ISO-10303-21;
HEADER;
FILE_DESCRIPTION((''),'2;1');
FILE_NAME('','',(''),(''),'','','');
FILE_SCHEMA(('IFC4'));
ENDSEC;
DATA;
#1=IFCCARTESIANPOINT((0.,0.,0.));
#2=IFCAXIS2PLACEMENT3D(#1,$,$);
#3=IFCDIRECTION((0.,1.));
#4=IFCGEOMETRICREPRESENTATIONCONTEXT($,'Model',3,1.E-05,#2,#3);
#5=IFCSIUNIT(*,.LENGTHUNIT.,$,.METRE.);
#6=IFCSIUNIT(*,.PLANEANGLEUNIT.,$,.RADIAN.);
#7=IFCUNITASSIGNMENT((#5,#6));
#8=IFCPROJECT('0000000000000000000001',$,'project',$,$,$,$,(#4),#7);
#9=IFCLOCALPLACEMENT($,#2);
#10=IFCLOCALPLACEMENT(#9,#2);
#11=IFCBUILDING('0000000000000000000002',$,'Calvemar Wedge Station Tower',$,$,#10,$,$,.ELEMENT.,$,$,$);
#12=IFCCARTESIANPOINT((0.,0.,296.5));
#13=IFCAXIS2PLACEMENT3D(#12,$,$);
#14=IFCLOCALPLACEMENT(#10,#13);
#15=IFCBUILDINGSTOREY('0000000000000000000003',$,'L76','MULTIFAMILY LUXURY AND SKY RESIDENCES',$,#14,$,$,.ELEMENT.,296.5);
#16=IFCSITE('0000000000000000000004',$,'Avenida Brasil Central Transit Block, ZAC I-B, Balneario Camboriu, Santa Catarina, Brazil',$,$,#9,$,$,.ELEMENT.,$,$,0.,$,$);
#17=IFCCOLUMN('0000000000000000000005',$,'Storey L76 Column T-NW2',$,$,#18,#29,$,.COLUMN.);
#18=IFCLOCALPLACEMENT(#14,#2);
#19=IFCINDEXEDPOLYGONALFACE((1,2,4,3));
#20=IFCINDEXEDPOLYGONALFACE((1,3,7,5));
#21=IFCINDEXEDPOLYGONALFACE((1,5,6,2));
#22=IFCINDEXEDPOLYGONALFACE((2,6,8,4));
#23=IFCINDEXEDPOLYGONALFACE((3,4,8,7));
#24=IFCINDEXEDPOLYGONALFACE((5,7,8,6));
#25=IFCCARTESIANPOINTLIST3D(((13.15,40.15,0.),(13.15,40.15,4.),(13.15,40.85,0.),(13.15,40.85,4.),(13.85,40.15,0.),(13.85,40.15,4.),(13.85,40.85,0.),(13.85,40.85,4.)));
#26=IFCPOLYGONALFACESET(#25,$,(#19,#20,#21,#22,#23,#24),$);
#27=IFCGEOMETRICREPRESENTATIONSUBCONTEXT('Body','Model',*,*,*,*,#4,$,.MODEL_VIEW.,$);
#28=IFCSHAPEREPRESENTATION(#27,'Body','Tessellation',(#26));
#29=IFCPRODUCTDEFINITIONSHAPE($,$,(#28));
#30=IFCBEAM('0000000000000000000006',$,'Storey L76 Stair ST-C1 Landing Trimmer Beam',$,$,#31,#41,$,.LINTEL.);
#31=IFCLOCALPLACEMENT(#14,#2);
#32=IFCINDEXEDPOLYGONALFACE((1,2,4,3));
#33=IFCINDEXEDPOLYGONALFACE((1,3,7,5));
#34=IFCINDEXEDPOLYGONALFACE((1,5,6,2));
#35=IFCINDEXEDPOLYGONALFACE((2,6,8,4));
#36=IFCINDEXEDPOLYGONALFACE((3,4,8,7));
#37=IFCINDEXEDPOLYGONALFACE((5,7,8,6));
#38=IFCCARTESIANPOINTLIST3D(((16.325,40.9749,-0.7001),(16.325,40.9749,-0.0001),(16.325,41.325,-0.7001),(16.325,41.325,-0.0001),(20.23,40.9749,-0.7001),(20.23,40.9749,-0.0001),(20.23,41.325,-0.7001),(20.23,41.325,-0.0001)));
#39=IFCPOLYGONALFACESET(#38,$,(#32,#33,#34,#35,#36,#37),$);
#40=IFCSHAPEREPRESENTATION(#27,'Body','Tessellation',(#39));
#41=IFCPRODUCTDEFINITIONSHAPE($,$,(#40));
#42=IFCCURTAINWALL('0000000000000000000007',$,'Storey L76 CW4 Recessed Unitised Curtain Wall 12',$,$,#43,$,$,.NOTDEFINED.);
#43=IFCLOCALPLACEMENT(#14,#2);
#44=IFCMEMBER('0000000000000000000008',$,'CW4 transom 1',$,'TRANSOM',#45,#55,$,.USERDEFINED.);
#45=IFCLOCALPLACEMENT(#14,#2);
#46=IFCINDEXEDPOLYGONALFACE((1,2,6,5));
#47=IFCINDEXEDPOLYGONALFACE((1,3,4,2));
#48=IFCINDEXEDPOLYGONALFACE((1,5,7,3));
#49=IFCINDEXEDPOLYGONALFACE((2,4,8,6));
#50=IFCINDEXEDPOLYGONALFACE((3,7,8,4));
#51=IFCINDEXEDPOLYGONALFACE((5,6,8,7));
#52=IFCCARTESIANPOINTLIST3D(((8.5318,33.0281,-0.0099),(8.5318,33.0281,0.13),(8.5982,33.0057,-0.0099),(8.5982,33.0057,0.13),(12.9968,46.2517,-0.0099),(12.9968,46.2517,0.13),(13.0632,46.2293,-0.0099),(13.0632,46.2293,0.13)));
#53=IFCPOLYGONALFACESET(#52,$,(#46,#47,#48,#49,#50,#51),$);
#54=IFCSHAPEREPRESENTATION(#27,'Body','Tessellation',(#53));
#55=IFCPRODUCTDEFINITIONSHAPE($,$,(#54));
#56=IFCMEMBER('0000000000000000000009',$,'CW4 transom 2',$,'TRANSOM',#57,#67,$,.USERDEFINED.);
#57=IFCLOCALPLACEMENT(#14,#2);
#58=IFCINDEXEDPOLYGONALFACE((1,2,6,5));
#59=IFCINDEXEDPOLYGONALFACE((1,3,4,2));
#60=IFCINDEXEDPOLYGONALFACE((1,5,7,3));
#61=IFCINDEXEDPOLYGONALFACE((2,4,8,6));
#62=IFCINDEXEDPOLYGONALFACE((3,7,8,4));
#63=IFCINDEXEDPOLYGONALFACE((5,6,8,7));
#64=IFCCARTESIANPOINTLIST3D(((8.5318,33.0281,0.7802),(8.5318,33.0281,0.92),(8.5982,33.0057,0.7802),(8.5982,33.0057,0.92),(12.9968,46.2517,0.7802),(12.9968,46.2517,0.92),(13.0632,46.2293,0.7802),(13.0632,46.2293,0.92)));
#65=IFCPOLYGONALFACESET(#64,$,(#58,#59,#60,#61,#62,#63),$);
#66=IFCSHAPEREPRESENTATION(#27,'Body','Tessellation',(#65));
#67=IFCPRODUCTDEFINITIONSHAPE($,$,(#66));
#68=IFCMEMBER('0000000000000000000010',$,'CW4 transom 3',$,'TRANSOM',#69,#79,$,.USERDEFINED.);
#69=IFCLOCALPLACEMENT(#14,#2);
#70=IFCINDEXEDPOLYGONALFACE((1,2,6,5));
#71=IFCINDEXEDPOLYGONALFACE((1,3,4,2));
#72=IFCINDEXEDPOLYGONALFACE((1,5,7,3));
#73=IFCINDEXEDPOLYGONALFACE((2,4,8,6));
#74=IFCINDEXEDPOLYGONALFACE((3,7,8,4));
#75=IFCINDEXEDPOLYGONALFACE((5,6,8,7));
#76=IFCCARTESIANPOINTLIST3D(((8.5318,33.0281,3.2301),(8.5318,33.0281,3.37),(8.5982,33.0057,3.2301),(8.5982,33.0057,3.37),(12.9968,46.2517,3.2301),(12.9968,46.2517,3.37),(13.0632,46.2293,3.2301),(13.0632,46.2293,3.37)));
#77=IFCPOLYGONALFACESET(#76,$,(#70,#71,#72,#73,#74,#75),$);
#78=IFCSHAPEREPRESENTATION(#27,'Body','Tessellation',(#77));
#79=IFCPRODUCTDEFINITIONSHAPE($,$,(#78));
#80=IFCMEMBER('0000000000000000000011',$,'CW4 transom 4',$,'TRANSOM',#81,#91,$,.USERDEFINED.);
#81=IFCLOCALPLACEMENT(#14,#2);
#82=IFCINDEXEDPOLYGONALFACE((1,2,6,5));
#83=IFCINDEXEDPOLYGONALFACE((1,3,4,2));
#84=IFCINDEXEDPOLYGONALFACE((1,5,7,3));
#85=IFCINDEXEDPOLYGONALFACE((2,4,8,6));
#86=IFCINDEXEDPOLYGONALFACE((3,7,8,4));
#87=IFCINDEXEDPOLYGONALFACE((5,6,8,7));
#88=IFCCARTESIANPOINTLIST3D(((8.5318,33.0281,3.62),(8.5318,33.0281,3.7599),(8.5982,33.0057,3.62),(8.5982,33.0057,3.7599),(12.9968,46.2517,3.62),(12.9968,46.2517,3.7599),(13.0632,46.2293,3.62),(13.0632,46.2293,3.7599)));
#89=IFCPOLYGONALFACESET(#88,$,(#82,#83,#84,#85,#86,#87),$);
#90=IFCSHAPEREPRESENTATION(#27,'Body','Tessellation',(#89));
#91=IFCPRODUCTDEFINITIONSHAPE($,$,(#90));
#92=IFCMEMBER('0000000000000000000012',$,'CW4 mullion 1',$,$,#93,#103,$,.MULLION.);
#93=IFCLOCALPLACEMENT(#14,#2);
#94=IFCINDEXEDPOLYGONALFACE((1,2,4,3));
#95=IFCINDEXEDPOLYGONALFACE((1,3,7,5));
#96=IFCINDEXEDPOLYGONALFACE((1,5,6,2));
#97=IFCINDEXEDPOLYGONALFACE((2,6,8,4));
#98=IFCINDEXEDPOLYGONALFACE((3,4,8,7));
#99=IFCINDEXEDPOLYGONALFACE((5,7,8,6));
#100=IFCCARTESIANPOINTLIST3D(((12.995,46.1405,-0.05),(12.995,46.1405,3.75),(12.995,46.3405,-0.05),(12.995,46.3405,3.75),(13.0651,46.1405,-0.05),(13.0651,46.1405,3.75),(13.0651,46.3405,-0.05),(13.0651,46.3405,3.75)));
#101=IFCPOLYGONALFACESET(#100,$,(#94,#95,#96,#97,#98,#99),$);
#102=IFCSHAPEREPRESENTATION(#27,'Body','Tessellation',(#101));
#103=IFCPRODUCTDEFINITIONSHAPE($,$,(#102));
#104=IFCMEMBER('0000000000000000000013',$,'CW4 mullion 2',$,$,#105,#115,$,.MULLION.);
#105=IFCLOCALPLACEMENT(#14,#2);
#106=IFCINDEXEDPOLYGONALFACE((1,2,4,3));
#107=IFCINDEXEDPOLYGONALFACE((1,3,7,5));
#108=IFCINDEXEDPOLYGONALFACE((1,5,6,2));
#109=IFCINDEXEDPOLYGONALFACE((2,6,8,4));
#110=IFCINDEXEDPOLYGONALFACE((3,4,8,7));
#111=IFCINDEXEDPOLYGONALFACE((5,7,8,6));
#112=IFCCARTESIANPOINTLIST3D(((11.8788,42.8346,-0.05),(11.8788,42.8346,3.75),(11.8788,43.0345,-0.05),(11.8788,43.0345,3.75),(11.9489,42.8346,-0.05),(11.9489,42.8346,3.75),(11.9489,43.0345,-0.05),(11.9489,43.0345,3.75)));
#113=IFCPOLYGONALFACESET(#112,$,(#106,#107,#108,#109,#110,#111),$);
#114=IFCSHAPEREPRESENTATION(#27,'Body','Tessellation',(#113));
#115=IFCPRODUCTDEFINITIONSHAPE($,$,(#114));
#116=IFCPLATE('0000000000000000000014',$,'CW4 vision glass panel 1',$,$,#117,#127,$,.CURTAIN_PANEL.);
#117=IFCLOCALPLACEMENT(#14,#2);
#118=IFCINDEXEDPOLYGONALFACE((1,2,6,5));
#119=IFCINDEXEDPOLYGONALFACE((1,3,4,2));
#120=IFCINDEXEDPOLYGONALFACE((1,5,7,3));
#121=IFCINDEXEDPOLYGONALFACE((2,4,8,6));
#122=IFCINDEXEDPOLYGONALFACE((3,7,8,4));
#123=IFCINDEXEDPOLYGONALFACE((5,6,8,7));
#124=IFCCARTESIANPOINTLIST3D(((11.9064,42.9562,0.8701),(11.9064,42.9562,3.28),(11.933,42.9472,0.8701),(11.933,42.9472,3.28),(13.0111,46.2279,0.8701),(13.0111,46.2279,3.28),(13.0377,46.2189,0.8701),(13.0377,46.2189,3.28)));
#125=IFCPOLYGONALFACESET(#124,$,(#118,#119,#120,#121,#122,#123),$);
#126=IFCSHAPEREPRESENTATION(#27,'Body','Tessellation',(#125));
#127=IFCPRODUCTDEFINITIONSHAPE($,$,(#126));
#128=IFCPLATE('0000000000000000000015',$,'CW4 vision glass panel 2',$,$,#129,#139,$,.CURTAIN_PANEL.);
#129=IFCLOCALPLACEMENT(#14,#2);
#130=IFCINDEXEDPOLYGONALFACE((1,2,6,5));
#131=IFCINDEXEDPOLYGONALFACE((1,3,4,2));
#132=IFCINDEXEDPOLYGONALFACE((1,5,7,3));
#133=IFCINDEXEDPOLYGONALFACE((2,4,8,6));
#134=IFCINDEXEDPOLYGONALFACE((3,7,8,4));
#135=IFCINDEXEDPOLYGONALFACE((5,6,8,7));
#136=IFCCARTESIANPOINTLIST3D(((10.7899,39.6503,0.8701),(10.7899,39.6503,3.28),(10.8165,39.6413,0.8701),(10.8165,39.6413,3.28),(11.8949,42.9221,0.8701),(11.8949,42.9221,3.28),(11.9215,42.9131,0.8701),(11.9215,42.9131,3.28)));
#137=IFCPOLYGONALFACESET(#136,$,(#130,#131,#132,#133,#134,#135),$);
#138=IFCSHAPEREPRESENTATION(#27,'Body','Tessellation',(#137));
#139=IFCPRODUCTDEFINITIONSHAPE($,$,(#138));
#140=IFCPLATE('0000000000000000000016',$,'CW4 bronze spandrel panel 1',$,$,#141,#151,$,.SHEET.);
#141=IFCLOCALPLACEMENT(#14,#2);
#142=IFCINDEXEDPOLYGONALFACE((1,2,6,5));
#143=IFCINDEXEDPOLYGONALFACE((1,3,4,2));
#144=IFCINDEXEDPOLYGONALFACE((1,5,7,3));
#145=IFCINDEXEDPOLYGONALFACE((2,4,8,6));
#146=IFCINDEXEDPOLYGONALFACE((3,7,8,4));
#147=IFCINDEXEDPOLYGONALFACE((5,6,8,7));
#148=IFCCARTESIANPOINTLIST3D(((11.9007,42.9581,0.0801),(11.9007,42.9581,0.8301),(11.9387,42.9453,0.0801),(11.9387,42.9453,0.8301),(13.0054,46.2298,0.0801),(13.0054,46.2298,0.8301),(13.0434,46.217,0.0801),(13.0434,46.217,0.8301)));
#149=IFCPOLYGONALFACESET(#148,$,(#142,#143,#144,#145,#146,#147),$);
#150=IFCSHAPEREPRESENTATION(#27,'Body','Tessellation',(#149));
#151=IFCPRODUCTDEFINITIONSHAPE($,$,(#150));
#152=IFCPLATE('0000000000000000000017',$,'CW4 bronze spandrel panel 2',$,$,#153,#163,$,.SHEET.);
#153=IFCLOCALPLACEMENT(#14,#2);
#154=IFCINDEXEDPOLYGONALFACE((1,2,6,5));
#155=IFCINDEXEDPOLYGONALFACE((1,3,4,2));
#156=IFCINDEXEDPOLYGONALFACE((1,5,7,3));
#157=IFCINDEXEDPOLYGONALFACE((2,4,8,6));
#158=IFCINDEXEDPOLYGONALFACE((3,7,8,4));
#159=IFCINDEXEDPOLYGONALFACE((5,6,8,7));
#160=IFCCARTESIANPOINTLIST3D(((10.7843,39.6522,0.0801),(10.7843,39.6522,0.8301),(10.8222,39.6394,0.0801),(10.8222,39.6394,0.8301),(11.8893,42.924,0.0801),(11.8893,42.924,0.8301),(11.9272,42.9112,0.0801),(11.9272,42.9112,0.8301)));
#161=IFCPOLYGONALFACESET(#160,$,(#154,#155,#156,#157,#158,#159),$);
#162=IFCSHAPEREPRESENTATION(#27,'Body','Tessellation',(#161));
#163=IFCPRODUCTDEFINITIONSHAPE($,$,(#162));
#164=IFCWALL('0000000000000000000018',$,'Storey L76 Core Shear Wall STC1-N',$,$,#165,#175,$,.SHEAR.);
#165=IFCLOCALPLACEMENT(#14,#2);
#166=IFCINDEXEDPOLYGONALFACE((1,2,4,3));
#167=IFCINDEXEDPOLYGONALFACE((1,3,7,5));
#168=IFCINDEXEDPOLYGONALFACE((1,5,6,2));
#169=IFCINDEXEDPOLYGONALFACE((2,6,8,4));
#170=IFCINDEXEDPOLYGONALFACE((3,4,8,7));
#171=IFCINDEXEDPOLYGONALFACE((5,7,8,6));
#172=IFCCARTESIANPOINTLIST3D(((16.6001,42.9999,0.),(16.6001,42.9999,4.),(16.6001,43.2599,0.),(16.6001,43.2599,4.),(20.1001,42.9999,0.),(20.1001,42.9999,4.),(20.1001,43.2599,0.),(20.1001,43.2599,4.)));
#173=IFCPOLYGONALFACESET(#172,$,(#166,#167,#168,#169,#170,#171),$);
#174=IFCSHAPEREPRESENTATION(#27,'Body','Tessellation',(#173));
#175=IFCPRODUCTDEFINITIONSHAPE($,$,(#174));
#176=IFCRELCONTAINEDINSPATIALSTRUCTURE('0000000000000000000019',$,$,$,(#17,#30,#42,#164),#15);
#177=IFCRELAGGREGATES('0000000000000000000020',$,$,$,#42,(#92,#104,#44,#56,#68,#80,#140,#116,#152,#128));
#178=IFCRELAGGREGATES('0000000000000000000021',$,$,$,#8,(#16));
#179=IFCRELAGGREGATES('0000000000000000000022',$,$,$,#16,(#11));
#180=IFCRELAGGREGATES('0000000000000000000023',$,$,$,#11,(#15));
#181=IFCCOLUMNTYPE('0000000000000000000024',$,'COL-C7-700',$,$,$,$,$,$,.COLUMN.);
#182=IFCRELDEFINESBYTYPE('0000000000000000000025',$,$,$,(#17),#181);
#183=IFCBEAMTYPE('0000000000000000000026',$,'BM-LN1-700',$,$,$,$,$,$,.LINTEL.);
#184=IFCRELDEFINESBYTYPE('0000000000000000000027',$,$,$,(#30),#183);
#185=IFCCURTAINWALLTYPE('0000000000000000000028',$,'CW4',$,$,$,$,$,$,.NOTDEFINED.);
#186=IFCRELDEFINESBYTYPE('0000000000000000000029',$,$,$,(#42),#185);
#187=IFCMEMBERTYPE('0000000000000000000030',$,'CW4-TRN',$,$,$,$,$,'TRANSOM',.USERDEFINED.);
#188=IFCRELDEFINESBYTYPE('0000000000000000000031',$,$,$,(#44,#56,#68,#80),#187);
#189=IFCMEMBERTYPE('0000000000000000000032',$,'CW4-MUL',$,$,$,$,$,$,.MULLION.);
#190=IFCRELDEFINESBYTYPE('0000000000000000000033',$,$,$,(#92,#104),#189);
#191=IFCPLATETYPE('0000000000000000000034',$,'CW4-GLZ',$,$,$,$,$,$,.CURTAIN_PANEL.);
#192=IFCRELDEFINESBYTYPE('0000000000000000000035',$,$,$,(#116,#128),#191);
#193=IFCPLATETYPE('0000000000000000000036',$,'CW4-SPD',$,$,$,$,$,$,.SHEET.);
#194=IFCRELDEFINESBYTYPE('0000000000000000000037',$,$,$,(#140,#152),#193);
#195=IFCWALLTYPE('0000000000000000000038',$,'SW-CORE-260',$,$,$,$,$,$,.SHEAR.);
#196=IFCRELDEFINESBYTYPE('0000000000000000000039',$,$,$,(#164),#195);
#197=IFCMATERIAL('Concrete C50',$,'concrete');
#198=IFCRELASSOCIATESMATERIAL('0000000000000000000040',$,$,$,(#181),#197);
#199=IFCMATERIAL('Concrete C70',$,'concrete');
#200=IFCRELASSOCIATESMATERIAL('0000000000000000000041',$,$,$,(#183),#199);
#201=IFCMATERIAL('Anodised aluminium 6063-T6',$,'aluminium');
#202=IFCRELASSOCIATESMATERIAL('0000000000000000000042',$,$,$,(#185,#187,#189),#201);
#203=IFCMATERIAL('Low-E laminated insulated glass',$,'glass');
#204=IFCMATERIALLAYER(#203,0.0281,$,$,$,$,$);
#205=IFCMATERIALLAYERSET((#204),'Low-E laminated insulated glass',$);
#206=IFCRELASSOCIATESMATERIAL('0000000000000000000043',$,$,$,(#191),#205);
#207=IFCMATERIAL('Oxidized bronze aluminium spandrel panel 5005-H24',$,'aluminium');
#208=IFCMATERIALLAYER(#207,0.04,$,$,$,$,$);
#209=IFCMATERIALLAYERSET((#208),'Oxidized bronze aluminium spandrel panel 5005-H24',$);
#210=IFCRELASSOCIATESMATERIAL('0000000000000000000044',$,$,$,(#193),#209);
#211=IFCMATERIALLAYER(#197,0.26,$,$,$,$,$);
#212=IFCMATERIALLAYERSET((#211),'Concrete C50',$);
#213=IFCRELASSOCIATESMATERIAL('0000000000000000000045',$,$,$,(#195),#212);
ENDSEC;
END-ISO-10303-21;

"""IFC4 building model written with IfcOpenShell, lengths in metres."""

from ifc_helpers import new_model, si_unit, direction, frame, frame_2d, origin, origin_2d, place, context, subcontext, project, spatial, rectangle, extrude, source, transform, mapped, material, layer, layer_set, material_profile, profile_set, type_object, element, aggregate, save


model = new_model("IFC4")

# Units and contexts
model_context = context("Model", 3, precision=1e-05, world=origin(), true_north=direction((0.0, 1.0)))
body_context = subcontext(model_context, "Body", "Model", "MODEL_VIEW")
ifc_project = project(units=[si_unit("LENGTHUNIT", "METRE"), si_unit("PLANEANGLEUNIT", "RADIAN")], contexts=[model_context])

# Site, building, storey
site_placement = place(None, origin())
site = spatial("IfcSite", under=ifc_project, at=site_placement, Name="Avenida Brasil Central Transit Block, ZAC I-B, Balneario Camboriu, Santa Catarina, Brazil", CompositionType="ELEMENT", RefElevation=0.0)
building_placement = place(site_placement, origin())
building = spatial("IfcBuilding", under=site, at=building_placement, Name="Calvemar Wedge Station Tower", CompositionType="ELEMENT")
storey_placement = place(building_placement, frame((0.0, 0.0, 296.5)))
storey = spatial("IfcBuildingStorey", under=building, at=storey_placement, Name="L76", Description="MULTIFAMILY LUXURY AND SKY RESIDENCES", CompositionType="ELEMENT", Elevation=296.5)

# Column
ifc_material_1 = material(Name="Concrete C50", Category="concrete")
ifc_material_profile_1 = material_profile(ifc_material_1, rectangle(XDim=0.7, YDim=0.7, at=origin_2d()), Name="RC700x700")
ifc_profile_set_1 = profile_set([ifc_material_profile_1], Name="Concrete C50")
column_type = type_object("IfcColumnType", Name="COL-C7-700", PredefinedType="COLUMN", material=ifc_profile_set_1)
shared_shape_1 = source(origin(), body_context, "Body", "SweptSolid", [
    extrude(rectangle(XDim=0.7, YDim=0.7, at=origin_2d()), origin(), (0.0, 0.0, 1.0), 4.0),
])
column_placement = place(storey_placement, frame((13.5, 40.5, 0.0), z_axis=(0.0, 0.0, 1.0), x_axis=(1.0, 0.0, 0.0)))
element("IfcColumn", 1, at=column_placement, inside=storey, type_object=column_type, Name="Storey L76 Column T-NW2", PredefinedType="COLUMN", context=body_context, shape_type="MappedRepresentation", body=[
    mapped(shared_shape_1, transform((0.0, 0.0, 0.0), scale=1.0)),
])

# Beam
ifc_material_2 = material(Name="Concrete C70", Category="concrete")
ifc_material_profile_2 = material_profile(ifc_material_2, rectangle(XDim=0.3501, YDim=0.7, at=origin_2d()), Name="RC350x700")
ifc_profile_set_2 = profile_set([ifc_material_profile_2], Name="Concrete C70")
beam_type = type_object("IfcBeamType", Name="BM-LN1-700", PredefinedType="LINTEL", material=ifc_profile_set_2)
shared_shape_2 = source(origin(), body_context, "Body", "SweptSolid", [
    extrude(rectangle(XDim=0.3501, YDim=0.7, at=origin_2d()), origin(), (0.0, 0.0, 1.0), 3.905),
])
beam_placement = place(storey_placement, frame((16.325, 41.1499, -0.3501), z_axis=(1.0, 0.0, 0.0), x_axis=(0.0, 1.0, 0.0)))
element("IfcBeam", 2, at=beam_placement, inside=storey, type_object=beam_type, Name="Storey L76 Stair ST-C1 Landing Trimmer Beam", PredefinedType="LINTEL", context=body_context, shape_type="MappedRepresentation", body=[
    mapped(shared_shape_2, transform((0.0, 0.0, 0.0), scale=1.0)),
])

# Curtain wall, members, plates
ifc_material_3 = material(Name="Anodised aluminium 6063-T6", Category="aluminium")
curtain_wall_type = type_object("IfcCurtainWallType", Name="CW4", PredefinedType="NOTDEFINED", material=ifc_material_3)
curtain_wall_placement = place(storey_placement, origin())
curtain_wall = element("IfcCurtainWall", 3, at=curtain_wall_placement, inside=storey, type_object=curtain_wall_type, Name="Storey L76 CW4 Recessed Unitised Curtain Wall 12", PredefinedType="NOTDEFINED")
ifc_material_profile_3 = material_profile(ifc_material_3, rectangle(XDim=0.0701, YDim=0.1399, at=origin_2d()), Name="AL-TRN-70x140")
ifc_profile_set_3 = profile_set([ifc_material_profile_3], Name="Anodised aluminium 6063-T6")
member_type_1 = type_object("IfcMemberType", Name="CW4-TRN", ElementType="TRANSOM", PredefinedType="USERDEFINED", material=ifc_profile_set_3)
shared_shape_3 = source(origin(), body_context, "Body", "SweptSolid", [
    extrude(rectangle(XDim=0.0701, YDim=0.1399, at=origin_2d()), origin(), (0.0, 0.0, 1.0), 13.957),
])
member_1_placement = place(storey_placement, frame((13.03, 46.2405, 0.0601), z_axis=(-0.319914, -0.947446, 0.0), x_axis=(0.947446, -0.319914, 0.0)))
member_1 = element("IfcMember", 4, at=member_1_placement, type_object=member_type_1, Name="CW4 transom 1", ObjectType="TRANSOM", PredefinedType="USERDEFINED", context=body_context, shape_type="MappedRepresentation", body=[
    mapped(shared_shape_3, transform((0.0, 0.0, 0.0), scale=1.0)),
])
member_2_placement = place(storey_placement, frame((13.03, 46.2405, 0.8501), z_axis=(-0.319914, -0.947446, 0.0), x_axis=(0.947446, -0.319914, 0.0)))
member_2 = element("IfcMember", 5, at=member_2_placement, type_object=member_type_1, Name="CW4 transom 2", ObjectType="TRANSOM", PredefinedType="USERDEFINED", context=body_context, shape_type="MappedRepresentation", body=[
    mapped(shared_shape_3, transform((0.0, 0.0, 0.0), scale=1.0)),
])
member_3_placement = place(storey_placement, frame((13.03, 46.2405, 3.3), z_axis=(-0.319914, -0.947446, 0.0), x_axis=(0.947446, -0.319914, 0.0)))
member_3 = element("IfcMember", 6, at=member_3_placement, type_object=member_type_1, Name="CW4 transom 3", ObjectType="TRANSOM", PredefinedType="USERDEFINED", context=body_context, shape_type="MappedRepresentation", body=[
    mapped(shared_shape_3, transform((0.0, 0.0, 0.0), scale=1.0)),
])
member_4_placement = place(storey_placement, frame((13.03, 46.2405, 3.6899), z_axis=(-0.319914, -0.947446, 0.0), x_axis=(0.947446, -0.319914, 0.0)))
member_4 = element("IfcMember", 7, at=member_4_placement, type_object=member_type_1, Name="CW4 transom 4", ObjectType="TRANSOM", PredefinedType="USERDEFINED", context=body_context, shape_type="MappedRepresentation", body=[
    mapped(shared_shape_3, transform((0.0, 0.0, 0.0), scale=1.0)),
])
ifc_material_profile_4 = material_profile(ifc_material_3, rectangle(XDim=0.0701, YDim=0.2, at=origin_2d()), Name="AL-MUL-70x200")
ifc_profile_set_4 = profile_set([ifc_material_profile_4], Name="Anodised aluminium 6063-T6")
member_type_2 = type_object("IfcMemberType", Name="CW4-MUL", PredefinedType="MULLION", material=ifc_profile_set_4)
shared_shape_4 = source(origin(), body_context, "Body", "SweptSolid", [
    extrude(rectangle(XDim=0.0701, YDim=0.2, at=origin_2d()), origin(), (0.0, 0.0, 1.0), 3.8),
])
member_5_placement = place(storey_placement, frame((13.03, 46.2405, -0.05), z_axis=(0.0, 0.0, 1.0), x_axis=(1.0, 0.0, 0.0)))
member_5 = element("IfcMember", 8, at=member_5_placement, type_object=member_type_2, Name="CW4 mullion 1", PredefinedType="MULLION", context=body_context, shape_type="MappedRepresentation", body=[
    mapped(shared_shape_4, transform((0.0, 0.0, 0.0), scale=1.0)),
])
member_6_placement = place(storey_placement, frame((11.9138, 42.9346, -0.05), z_axis=(0.0, 0.0, 1.0), x_axis=(1.0, 0.0, 0.0)))
member_6 = element("IfcMember", 9, at=member_6_placement, type_object=member_type_2, Name="CW4 mullion 2", PredefinedType="MULLION", context=body_context, shape_type="MappedRepresentation", body=[
    mapped(shared_shape_4, transform((0.0, 0.0, 0.0), scale=1.0)),
])
ifc_material_4 = material(Name="Low-E laminated insulated glass", Category="glass")
ifc_layer_1 = layer(ifc_material_4, 0.0281)
ifc_layer_set_1 = layer_set([ifc_layer_1], Name="Low-E laminated insulated glass")
plate_type_1 = type_object("IfcPlateType", Name="CW4-GLZ", PredefinedType="CURTAIN_PANEL", material=ifc_layer_set_1)
plate_1_placement = place(storey_placement, frame((13.0244, 46.2234, 0.8701), z_axis=(0.0, 0.0, 1.0), x_axis=(-0.319916, -0.947446, 0.0)))
plate_1 = element("IfcPlate", 10, at=plate_1_placement, type_object=plate_type_1, Name="CW4 vision glass panel 1", PredefinedType="CURTAIN_PANEL", context=body_context, shape_type="SweptSolid", body=[
    extrude(rectangle(XDim=3.4531, YDim=0.0281, at=frame_2d((1.7266, 0.0))), origin(), (0.0, 0.0, 1.0), 2.4099),
])
plate_2_placement = place(storey_placement, frame((11.9082, 42.9175, 0.8701), z_axis=(0.0, 0.0, 1.0), x_axis=(-0.319979, -0.947425, 0.0)))
plate_2 = element("IfcPlate", 11, at=plate_2_placement, type_object=plate_type_1, Name="CW4 vision glass panel 2", PredefinedType="CURTAIN_PANEL", context=body_context, shape_type="SweptSolid", body=[
    extrude(rectangle(XDim=3.4534, YDim=0.0281, at=frame_2d((1.7266, 0.0))), origin(), (0.0, 0.0, 1.0), 2.4099),
])
ifc_material_5 = material(Name="Oxidized bronze aluminium spandrel panel 5005-H24", Category="aluminium")
ifc_layer_2 = layer(ifc_material_5, 0.04)
ifc_layer_set_2 = layer_set([ifc_layer_2], Name="Oxidized bronze aluminium spandrel panel 5005-H24")
plate_type_2 = type_object("IfcPlateType", Name="CW4-SPD", PredefinedType="SHEET", material=ifc_layer_set_2)
plate_3_placement = place(storey_placement, frame((13.0244, 46.2234, 0.0801), z_axis=(0.0, 0.0, 1.0), x_axis=(-0.319916, -0.947446, 0.0)))
plate_3 = element("IfcPlate", 12, at=plate_3_placement, type_object=plate_type_2, Name="CW4 bronze spandrel panel 1", PredefinedType="SHEET", context=body_context, shape_type="SweptSolid", body=[
    extrude(rectangle(XDim=3.4531, YDim=0.04, at=frame_2d((1.7266, 0.0))), origin(), (0.0, 0.0, 1.0), 0.75),
])
plate_4_placement = place(storey_placement, frame((11.9082, 42.9175, 0.0801), z_axis=(0.0, 0.0, 1.0), x_axis=(-0.319979, -0.947425, 0.0)))
plate_4 = element("IfcPlate", 13, at=plate_4_placement, type_object=plate_type_2, Name="CW4 bronze spandrel panel 2", PredefinedType="SHEET", context=body_context, shape_type="SweptSolid", body=[
    extrude(rectangle(XDim=3.4534, YDim=0.04, at=frame_2d((1.7266, 0.0))), origin(), (0.0, 0.0, 1.0), 0.75),
])
aggregate(curtain_wall, [member_5, member_6, member_1, member_2, member_3, member_4, plate_3, plate_1, plate_4, plate_2])

# Wall
ifc_layer_3 = layer(ifc_material_1, 0.26)
ifc_layer_set_3 = layer_set([ifc_layer_3], Name="Concrete C50")
wall_type_1 = type_object("IfcWallType", Name="SW-CORE-260", PredefinedType="SHEAR", material=ifc_layer_set_3)
wall_1_placement = place(storey_placement, frame((16.6001, 43.1299, 0.0), z_axis=(0.0, 0.0, 1.0), x_axis=(1.0, 0.0, 0.0)))
element("IfcWall", 14, at=wall_1_placement, inside=storey, type_object=wall_type_1, Name="Storey L76 Core Shear Wall STC1-N", PredefinedType="SHEAR", context=body_context, shape_type="SweptSolid", body=[
    extrude(rectangle(XDim=3.5, YDim=0.26, at=frame_2d((1.75, 0.0))), origin(), (0.0, 0.0, 1.0), 4.0),
])

save(model, "model.ifc")
